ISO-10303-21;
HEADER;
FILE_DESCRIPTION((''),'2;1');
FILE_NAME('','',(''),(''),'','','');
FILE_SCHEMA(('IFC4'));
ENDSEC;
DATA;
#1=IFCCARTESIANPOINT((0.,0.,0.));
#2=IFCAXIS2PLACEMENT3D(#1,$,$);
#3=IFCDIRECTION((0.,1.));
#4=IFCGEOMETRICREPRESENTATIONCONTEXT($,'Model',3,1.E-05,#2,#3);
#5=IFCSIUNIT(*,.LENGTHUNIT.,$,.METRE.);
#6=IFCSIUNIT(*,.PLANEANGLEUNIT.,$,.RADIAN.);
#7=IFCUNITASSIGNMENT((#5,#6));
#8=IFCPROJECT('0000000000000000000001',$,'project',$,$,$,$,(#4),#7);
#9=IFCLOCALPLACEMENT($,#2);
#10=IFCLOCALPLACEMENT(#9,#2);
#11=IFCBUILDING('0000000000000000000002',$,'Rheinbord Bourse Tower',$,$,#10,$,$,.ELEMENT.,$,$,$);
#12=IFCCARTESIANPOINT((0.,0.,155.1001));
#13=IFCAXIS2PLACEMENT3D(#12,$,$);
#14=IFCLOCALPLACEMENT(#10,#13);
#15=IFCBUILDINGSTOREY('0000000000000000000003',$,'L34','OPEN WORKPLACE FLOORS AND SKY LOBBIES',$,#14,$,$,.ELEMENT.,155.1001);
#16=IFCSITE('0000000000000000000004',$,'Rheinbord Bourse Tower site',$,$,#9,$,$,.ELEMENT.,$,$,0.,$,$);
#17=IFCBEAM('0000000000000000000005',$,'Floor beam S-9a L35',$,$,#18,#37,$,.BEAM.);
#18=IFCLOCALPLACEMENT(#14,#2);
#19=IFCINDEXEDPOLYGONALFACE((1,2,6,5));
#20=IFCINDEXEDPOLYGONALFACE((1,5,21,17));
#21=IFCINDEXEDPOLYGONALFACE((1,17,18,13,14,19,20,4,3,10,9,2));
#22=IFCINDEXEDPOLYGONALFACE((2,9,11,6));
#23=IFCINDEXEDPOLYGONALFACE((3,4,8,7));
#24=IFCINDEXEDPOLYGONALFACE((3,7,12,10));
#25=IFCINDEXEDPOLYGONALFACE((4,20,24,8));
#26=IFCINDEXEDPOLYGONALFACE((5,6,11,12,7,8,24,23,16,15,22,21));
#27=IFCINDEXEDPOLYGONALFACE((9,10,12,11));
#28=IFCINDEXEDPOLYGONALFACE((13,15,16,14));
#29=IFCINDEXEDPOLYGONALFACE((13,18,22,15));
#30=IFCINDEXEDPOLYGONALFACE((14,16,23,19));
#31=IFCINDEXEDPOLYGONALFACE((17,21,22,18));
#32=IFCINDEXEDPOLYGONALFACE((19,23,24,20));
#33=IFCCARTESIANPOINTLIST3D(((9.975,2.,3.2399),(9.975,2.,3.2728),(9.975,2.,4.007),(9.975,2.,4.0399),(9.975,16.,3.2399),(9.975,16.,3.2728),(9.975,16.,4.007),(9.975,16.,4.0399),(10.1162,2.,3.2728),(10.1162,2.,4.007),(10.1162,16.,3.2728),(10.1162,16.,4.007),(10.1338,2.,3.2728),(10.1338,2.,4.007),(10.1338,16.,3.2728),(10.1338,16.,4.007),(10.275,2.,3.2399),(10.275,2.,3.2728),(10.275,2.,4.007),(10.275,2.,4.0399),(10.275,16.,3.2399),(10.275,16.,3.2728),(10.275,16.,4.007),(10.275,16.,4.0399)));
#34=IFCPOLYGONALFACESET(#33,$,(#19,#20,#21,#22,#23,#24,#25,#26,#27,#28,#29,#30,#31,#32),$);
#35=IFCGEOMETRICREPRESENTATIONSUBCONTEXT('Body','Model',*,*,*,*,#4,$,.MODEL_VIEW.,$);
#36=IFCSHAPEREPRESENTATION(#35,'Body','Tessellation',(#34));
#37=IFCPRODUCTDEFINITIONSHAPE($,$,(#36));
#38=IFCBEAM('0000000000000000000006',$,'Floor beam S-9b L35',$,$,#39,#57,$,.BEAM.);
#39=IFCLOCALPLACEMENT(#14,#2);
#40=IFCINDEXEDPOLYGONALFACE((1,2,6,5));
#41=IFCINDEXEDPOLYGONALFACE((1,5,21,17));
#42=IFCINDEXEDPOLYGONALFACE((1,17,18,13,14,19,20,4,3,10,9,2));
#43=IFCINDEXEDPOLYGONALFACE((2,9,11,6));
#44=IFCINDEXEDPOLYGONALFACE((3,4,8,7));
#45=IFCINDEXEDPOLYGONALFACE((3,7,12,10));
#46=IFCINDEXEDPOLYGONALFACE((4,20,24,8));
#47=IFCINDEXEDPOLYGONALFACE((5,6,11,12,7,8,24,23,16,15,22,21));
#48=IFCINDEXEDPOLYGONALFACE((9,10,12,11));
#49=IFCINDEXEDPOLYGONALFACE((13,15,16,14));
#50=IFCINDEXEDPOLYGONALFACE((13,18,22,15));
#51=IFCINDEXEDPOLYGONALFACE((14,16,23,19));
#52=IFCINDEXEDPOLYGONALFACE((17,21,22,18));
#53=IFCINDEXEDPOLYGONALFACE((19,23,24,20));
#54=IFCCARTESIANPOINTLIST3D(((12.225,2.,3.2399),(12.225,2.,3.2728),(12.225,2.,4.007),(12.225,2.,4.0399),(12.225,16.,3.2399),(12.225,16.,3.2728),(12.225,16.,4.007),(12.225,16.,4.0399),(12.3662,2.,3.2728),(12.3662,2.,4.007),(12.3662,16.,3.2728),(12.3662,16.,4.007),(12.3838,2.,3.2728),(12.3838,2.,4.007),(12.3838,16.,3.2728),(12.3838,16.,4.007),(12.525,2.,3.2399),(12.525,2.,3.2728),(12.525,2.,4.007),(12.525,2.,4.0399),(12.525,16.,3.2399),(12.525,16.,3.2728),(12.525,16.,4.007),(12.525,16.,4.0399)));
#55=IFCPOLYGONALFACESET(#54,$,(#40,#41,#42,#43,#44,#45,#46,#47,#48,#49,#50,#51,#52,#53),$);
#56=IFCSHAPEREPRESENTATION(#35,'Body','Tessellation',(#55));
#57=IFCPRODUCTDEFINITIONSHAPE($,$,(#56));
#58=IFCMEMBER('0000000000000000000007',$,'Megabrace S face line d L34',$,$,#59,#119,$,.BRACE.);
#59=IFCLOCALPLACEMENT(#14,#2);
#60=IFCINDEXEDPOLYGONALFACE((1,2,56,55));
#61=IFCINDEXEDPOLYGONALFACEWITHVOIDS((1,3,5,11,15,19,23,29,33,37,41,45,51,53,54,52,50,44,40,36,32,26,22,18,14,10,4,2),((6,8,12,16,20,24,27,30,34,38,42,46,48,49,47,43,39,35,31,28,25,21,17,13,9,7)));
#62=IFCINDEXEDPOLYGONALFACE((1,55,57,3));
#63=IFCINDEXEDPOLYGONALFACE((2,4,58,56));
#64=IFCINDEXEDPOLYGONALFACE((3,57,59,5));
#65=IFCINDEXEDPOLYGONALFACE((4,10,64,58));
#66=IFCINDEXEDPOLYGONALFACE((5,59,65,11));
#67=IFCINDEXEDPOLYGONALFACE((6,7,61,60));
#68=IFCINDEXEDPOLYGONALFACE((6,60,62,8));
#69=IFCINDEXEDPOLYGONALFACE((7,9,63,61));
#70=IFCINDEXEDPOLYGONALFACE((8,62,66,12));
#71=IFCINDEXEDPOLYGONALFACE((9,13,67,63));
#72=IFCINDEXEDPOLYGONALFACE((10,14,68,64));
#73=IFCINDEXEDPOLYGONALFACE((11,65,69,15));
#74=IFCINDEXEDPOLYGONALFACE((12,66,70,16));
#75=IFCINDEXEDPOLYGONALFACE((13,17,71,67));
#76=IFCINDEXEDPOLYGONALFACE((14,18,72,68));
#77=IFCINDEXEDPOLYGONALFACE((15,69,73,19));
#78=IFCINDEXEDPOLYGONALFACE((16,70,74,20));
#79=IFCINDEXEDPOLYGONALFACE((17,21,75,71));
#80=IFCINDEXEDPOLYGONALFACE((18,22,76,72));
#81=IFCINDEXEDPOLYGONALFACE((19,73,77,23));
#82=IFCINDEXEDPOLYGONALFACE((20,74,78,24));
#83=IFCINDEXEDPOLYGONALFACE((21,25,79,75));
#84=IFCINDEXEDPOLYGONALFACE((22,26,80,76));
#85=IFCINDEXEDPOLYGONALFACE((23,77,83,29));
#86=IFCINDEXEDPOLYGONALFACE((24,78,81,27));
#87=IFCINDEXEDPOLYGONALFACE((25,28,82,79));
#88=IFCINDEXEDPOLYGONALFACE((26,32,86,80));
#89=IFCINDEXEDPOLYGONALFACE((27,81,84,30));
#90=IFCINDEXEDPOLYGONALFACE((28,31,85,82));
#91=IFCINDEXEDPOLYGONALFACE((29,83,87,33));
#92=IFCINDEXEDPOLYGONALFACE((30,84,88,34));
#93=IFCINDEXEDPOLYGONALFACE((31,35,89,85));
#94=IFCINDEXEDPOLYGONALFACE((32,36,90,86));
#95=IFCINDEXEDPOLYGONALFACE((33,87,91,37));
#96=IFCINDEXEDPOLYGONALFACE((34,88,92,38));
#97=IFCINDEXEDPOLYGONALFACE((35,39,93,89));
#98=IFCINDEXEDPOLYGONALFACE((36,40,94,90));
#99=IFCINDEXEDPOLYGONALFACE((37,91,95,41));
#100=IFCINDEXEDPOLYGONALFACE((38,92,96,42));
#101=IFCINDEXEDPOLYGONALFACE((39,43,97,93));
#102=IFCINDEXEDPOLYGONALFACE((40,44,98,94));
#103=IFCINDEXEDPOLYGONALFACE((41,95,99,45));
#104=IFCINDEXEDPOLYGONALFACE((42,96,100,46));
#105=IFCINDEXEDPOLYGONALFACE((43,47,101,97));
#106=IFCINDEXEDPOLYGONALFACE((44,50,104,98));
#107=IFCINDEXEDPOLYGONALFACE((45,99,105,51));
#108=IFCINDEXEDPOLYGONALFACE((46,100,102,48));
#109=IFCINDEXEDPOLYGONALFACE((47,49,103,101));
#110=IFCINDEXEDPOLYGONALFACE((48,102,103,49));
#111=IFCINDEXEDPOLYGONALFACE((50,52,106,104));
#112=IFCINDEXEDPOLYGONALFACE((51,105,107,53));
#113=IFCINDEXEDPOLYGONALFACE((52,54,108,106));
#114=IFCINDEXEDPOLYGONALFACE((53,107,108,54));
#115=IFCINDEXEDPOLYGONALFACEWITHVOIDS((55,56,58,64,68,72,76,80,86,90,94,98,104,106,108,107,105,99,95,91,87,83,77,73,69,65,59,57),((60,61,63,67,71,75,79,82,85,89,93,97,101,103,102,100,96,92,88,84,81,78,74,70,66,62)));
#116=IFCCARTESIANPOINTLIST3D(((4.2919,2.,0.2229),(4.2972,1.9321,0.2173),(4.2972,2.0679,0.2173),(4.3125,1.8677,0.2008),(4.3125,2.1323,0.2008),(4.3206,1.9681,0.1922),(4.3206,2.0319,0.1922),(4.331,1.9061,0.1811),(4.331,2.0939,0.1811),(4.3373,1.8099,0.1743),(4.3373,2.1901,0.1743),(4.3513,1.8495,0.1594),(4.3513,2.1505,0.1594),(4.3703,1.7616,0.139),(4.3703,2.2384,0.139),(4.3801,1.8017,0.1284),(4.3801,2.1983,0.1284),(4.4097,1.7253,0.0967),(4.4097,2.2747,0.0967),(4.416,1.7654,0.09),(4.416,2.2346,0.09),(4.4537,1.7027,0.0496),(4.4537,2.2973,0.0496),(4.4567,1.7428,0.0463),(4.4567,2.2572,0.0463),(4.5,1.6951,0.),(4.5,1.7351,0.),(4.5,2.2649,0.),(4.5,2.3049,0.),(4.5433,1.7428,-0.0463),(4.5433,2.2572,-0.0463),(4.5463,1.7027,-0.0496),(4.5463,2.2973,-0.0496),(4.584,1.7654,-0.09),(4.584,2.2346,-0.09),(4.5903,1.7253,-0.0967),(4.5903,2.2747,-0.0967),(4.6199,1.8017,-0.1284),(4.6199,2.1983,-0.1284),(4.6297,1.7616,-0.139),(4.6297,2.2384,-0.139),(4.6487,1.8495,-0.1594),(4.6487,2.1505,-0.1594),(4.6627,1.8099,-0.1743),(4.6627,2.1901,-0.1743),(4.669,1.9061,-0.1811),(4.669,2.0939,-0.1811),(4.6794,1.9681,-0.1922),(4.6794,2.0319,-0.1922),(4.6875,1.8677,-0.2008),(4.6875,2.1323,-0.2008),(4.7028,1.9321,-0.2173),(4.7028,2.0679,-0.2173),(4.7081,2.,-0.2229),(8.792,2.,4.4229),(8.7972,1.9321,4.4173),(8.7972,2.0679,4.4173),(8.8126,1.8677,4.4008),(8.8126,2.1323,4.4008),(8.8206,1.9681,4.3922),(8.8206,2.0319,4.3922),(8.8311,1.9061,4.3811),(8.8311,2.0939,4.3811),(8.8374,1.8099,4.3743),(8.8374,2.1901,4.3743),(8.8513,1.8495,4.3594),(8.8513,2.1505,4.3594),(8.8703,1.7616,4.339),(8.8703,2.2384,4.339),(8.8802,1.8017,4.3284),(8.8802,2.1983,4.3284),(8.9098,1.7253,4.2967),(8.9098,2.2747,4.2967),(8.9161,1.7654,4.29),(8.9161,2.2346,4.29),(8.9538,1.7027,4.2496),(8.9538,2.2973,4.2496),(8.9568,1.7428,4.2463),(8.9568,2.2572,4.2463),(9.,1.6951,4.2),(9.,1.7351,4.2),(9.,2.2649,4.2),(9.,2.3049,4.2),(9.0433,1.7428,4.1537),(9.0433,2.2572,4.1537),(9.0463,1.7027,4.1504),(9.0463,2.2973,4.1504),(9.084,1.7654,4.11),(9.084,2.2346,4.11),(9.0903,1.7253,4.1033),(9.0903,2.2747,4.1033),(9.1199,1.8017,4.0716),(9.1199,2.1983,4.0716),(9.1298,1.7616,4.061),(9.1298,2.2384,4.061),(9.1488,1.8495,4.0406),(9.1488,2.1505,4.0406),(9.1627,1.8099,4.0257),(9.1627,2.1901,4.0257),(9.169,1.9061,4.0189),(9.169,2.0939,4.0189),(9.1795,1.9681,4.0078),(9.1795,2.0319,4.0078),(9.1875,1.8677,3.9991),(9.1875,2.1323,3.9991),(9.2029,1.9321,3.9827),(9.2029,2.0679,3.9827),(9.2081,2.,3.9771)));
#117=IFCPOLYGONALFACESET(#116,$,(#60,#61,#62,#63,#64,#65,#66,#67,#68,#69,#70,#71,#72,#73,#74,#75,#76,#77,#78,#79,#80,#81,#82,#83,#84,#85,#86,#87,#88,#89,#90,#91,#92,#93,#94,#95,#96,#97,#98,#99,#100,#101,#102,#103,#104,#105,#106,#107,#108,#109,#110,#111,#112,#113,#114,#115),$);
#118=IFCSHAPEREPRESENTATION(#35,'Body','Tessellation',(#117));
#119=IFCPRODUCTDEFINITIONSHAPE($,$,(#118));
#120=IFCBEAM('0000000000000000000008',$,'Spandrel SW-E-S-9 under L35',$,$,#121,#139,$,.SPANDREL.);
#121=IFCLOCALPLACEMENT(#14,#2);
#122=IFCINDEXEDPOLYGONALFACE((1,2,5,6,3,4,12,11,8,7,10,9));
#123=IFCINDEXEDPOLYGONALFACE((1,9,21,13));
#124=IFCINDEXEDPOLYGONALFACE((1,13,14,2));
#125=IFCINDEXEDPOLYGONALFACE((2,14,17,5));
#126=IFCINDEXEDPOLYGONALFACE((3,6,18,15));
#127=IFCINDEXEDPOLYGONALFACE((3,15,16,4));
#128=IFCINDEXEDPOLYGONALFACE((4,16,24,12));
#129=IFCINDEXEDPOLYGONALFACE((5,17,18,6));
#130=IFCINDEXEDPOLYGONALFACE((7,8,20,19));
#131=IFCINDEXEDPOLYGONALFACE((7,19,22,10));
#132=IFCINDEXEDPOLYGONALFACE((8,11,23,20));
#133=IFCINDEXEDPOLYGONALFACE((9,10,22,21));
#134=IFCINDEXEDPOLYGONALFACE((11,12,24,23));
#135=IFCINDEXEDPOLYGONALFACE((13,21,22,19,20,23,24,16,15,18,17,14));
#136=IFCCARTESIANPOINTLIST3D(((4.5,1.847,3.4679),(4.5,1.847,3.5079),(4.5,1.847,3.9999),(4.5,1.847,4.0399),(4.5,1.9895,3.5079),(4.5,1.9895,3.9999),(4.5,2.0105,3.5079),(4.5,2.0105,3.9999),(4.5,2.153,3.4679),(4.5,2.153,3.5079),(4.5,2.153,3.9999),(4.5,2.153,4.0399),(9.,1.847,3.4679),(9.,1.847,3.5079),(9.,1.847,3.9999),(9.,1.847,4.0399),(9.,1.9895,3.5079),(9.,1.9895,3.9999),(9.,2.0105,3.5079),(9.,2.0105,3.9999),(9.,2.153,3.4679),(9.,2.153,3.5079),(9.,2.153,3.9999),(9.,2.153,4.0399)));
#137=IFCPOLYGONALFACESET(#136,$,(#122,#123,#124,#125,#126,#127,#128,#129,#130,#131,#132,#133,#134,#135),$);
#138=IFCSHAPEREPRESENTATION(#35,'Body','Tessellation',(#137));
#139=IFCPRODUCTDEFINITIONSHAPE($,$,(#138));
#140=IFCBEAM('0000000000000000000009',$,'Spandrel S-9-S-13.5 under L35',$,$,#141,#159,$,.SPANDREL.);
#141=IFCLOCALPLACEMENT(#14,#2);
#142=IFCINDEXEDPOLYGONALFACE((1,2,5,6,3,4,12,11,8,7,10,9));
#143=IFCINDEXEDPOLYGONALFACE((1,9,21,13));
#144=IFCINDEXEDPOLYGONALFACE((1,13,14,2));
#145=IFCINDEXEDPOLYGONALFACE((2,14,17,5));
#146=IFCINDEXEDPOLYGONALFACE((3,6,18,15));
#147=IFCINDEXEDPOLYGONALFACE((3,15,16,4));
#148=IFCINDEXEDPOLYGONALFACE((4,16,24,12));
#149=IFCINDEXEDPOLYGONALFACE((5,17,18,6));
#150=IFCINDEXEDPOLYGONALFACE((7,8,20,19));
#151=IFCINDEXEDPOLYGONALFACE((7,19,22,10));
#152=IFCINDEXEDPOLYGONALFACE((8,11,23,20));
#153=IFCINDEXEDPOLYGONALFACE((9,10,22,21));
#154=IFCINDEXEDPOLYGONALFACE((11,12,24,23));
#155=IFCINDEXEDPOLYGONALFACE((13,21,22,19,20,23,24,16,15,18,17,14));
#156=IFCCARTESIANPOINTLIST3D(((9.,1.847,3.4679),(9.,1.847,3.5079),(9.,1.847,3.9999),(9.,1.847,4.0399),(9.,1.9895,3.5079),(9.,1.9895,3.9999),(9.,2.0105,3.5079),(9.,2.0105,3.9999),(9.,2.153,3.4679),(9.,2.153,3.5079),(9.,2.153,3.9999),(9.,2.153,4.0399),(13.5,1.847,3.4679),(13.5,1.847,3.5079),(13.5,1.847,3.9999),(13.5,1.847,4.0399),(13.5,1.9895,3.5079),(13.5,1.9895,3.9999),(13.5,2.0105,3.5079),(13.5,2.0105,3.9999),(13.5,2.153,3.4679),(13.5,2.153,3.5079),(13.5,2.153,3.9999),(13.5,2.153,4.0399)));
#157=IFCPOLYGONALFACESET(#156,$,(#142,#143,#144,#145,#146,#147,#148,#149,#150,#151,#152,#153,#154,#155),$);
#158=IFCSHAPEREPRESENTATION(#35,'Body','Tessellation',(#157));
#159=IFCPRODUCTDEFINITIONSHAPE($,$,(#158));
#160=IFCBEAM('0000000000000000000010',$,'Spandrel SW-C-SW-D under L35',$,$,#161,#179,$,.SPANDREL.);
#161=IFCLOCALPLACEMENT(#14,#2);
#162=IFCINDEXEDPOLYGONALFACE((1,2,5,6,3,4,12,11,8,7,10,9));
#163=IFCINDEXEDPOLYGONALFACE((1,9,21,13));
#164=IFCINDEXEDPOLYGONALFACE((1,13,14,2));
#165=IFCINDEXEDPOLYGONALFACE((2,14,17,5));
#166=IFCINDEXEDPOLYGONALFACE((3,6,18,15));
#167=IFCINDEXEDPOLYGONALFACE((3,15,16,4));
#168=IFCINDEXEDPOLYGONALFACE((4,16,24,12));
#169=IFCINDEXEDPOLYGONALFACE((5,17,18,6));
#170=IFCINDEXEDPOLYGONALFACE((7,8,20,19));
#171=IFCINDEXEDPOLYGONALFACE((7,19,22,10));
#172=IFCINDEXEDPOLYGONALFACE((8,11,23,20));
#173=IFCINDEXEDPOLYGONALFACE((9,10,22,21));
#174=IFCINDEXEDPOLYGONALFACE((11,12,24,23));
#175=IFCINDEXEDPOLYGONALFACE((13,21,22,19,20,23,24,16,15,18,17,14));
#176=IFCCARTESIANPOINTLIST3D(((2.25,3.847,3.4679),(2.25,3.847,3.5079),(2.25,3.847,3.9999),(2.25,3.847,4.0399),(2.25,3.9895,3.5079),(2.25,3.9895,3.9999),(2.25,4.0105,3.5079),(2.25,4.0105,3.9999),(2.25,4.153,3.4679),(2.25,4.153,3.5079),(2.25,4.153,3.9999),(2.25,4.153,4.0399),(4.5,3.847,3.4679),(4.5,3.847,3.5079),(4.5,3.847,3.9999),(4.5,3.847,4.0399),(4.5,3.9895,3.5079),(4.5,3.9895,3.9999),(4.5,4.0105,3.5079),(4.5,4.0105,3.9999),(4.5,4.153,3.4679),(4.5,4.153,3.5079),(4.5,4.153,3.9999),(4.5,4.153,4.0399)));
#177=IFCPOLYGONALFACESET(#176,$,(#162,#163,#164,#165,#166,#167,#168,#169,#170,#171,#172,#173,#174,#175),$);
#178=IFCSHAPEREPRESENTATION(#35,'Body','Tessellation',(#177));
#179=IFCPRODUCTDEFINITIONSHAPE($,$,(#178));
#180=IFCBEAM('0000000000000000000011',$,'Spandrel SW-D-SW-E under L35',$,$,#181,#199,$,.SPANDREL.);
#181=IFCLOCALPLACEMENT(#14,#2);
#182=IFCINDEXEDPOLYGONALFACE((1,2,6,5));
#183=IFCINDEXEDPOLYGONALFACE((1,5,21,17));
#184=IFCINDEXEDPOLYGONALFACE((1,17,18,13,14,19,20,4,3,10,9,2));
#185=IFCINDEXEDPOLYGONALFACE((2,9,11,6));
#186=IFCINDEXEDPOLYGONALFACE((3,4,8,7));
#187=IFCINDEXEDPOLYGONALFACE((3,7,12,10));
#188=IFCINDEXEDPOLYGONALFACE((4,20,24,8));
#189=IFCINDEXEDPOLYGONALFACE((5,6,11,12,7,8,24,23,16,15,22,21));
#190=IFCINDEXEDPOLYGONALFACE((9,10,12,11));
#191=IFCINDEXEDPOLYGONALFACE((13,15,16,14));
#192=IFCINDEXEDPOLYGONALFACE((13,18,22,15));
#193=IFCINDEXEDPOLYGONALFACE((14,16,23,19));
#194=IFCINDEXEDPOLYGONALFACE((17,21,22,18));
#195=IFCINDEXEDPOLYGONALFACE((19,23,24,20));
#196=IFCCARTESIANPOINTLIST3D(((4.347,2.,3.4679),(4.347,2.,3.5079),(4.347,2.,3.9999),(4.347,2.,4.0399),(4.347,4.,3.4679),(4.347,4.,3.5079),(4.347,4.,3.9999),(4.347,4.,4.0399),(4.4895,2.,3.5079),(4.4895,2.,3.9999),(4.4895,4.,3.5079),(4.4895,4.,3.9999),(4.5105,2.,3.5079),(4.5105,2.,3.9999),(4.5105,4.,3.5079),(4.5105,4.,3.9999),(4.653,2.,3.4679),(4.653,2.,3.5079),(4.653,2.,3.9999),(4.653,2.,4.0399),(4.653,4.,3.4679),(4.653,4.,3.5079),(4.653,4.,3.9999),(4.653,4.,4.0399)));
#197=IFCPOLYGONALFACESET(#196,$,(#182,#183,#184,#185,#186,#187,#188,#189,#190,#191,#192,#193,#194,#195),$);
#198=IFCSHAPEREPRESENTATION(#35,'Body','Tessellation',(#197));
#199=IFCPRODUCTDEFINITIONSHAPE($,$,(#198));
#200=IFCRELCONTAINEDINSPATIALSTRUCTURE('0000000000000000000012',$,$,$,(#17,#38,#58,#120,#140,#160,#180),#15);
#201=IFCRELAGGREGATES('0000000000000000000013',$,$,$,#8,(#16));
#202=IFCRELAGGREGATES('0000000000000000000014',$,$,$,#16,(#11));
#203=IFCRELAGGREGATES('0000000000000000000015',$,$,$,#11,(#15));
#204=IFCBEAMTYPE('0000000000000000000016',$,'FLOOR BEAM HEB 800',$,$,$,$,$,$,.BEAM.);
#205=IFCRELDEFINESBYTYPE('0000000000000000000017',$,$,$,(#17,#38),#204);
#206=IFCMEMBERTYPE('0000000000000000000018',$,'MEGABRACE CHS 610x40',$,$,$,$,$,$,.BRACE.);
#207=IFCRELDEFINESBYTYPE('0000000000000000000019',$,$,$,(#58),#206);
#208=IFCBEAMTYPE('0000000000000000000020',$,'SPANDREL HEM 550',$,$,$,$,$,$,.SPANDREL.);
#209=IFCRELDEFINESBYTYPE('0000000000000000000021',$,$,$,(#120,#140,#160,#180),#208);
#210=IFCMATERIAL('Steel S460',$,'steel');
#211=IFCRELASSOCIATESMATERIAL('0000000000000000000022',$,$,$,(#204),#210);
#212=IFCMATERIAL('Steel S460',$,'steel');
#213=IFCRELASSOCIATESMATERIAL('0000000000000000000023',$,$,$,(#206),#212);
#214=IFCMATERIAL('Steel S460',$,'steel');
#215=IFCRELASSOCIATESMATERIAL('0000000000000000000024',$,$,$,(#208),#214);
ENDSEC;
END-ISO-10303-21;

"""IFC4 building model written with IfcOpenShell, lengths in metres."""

from ifc_helpers import new_model, si_unit, direction, frame, origin, origin_2d, place, context, subcontext, project, spatial, hollow_circle, i_section, extrude, material, material_profile, profile_set, type_object, element, save


model = new_model("IFC4")

# Units and contexts
model_context = context("Model", 3, precision=1e-05, world=origin(), true_north=direction((0.0, 1.0)))
body_context = subcontext(model_context, "Body", "Model", "MODEL_VIEW")
ifc_project = project(units=[si_unit("LENGTHUNIT", "METRE"), si_unit("PLANEANGLEUNIT", "RADIAN")], contexts=[model_context])

# Site, building, storey
site_placement = place(None, origin())
site = spatial("IfcSite", under=ifc_project, at=site_placement, Name="Rheinbord Bourse Tower site", CompositionType="ELEMENT", RefElevation=0.0)
building_placement = place(site_placement, origin())
building = spatial("IfcBuilding", under=site, at=building_placement, Name="Rheinbord Bourse Tower", CompositionType="ELEMENT")
storey_placement = place(building_placement, frame((0.0, 0.0, 155.1001)))
storey = spatial("IfcBuildingStorey", under=building, at=storey_placement, Name="L34", Description="OPEN WORKPLACE FLOORS AND SKY LOBBIES", CompositionType="ELEMENT", Elevation=155.1001)

# Beams
ifc_material_1 = material(Name="Steel S460", Category="steel")
ifc_material_profile_1 = material_profile(ifc_material_1, i_section(OverallWidth=0.3, OverallDepth=0.8, WebThickness=0.0176, FlangeThickness=0.033, at=origin_2d()), Name="HEB 800")
ifc_profile_set_1 = profile_set([ifc_material_profile_1], Name="Steel S460")
beam_type_1 = type_object("IfcBeamType", Name="FLOOR BEAM HEB 800", PredefinedType="BEAM", material=ifc_profile_set_1)
for number, where, z_axis, x_axis, name in (
    (1, (10.125, 2.0, 3.6399), (0.0, 1.0, 0.0), (-1.0, 0.0, 0.0), "Floor beam S-9a L35"),
    (2, (12.375, 2.0, 3.6399), (0.0, 1.0, 0.0), (-1.0, 0.0, 0.0), "Floor beam S-9b L35"),
):
    element("IfcBeam", number, at=place(storey_placement, frame(where, z_axis=z_axis, x_axis=x_axis)), inside=storey, type_object=beam_type_1, Name=name, PredefinedType="BEAM", context=body_context, shape_type="SweptSolid", body=[
        extrude(i_section(OverallWidth=0.3, OverallDepth=0.8, WebThickness=0.0176, FlangeThickness=0.033, at=origin_2d()), origin(), (0.0, 0.0, 1.0), 14.0),
    ])

# Member
ifc_material_2 = material(Name="Steel S460", Category="steel")
ifc_material_profile_2 = material_profile(ifc_material_2, hollow_circle(Radius=0.3049, WallThickness=0.04, at=origin_2d()), Name="CHS 610x40")
ifc_profile_set_2 = profile_set([ifc_material_profile_2], Name="Steel S460")
member_type_1 = type_object("IfcMemberType", Name="MEGABRACE CHS 610x40", PredefinedType="BRACE", material=ifc_profile_set_2)
member_1_placement = place(storey_placement, frame((4.5, 2.0, 0.0), z_axis=(0.731059, 0.0, 0.682314), x_axis=(0.0, 1.0, 0.0)))
element("IfcMember", 3, at=member_1_placement, inside=storey, type_object=member_type_1, Name="Megabrace S face line d L34", PredefinedType="BRACE", context=body_context, shape_type="SweptSolid", body=[
    extrude(hollow_circle(Radius=0.3049, WallThickness=0.04, at=origin_2d()), origin(), (0.0, 0.0, 1.0), 6.1555),
])

# Beams
ifc_material_3 = material(Name="Steel S460", Category="steel")
ifc_material_profile_3 = material_profile(ifc_material_3, i_section(OverallWidth=0.3059, OverallDepth=0.572, WebThickness=0.021, FlangeThickness=0.04, at=origin_2d()), Name="HEM 550")
ifc_profile_set_3 = profile_set([ifc_material_profile_3], Name="Steel S460")
beam_type_2 = type_object("IfcBeamType", Name="SPANDREL HEM 550", PredefinedType="SPANDREL", material=ifc_profile_set_3)
for number, where, z_axis, x_axis, name in (
    (4, (4.5, 2.0, 3.7539), (1.0, 0.0, 0.0), (0.0, 1.0, 0.0), "Spandrel SW-E-S-9 under L35"),
    (5, (9.0, 2.0, 3.7539), (1.0, 0.0, 0.0), (0.0, 1.0, 0.0), "Spandrel S-9-S-13.5 under L35"),
):
    element("IfcBeam", number, at=place(storey_placement, frame(where, z_axis=z_axis, x_axis=x_axis)), inside=storey, type_object=beam_type_2, Name=name, PredefinedType="SPANDREL", context=body_context, shape_type="SweptSolid", body=[
        extrude(i_section(OverallWidth=0.3059, OverallDepth=0.572, WebThickness=0.021, FlangeThickness=0.04, at=origin_2d()), origin(), (0.0, 0.0, 1.0), 4.5),
    ])
beam_1_placement = place(storey_placement, frame((2.25, 4.0, 3.7539), z_axis=(1.0, 0.0, 0.0), x_axis=(0.0, 1.0, 0.0)))
element("IfcBeam", 6, at=beam_1_placement, inside=storey, type_object=beam_type_2, Name="Spandrel SW-C-SW-D under L35", PredefinedType="SPANDREL", context=body_context, shape_type="SweptSolid", body=[
    extrude(i_section(OverallWidth=0.3059, OverallDepth=0.572, WebThickness=0.021, FlangeThickness=0.04, at=origin_2d()), origin(), (0.0, 0.0, 1.0), 2.25),
])
beam_2_placement = place(storey_placement, frame((4.5, 4.0, 3.7539), z_axis=(0.0, -1.0, 0.0), x_axis=(1.0, 0.0, 0.0)))
element("IfcBeam", 7, at=beam_2_placement, inside=storey, type_object=beam_type_2, Name="Spandrel SW-D-SW-E under L35", PredefinedType="SPANDREL", context=body_context, shape_type="SweptSolid", body=[
    extrude(i_section(OverallWidth=0.3059, OverallDepth=0.572, WebThickness=0.021, FlangeThickness=0.04, at=origin_2d()), origin(), (0.0, 0.0, 1.0), 2.0),
])

save(model, "model.ifc")
